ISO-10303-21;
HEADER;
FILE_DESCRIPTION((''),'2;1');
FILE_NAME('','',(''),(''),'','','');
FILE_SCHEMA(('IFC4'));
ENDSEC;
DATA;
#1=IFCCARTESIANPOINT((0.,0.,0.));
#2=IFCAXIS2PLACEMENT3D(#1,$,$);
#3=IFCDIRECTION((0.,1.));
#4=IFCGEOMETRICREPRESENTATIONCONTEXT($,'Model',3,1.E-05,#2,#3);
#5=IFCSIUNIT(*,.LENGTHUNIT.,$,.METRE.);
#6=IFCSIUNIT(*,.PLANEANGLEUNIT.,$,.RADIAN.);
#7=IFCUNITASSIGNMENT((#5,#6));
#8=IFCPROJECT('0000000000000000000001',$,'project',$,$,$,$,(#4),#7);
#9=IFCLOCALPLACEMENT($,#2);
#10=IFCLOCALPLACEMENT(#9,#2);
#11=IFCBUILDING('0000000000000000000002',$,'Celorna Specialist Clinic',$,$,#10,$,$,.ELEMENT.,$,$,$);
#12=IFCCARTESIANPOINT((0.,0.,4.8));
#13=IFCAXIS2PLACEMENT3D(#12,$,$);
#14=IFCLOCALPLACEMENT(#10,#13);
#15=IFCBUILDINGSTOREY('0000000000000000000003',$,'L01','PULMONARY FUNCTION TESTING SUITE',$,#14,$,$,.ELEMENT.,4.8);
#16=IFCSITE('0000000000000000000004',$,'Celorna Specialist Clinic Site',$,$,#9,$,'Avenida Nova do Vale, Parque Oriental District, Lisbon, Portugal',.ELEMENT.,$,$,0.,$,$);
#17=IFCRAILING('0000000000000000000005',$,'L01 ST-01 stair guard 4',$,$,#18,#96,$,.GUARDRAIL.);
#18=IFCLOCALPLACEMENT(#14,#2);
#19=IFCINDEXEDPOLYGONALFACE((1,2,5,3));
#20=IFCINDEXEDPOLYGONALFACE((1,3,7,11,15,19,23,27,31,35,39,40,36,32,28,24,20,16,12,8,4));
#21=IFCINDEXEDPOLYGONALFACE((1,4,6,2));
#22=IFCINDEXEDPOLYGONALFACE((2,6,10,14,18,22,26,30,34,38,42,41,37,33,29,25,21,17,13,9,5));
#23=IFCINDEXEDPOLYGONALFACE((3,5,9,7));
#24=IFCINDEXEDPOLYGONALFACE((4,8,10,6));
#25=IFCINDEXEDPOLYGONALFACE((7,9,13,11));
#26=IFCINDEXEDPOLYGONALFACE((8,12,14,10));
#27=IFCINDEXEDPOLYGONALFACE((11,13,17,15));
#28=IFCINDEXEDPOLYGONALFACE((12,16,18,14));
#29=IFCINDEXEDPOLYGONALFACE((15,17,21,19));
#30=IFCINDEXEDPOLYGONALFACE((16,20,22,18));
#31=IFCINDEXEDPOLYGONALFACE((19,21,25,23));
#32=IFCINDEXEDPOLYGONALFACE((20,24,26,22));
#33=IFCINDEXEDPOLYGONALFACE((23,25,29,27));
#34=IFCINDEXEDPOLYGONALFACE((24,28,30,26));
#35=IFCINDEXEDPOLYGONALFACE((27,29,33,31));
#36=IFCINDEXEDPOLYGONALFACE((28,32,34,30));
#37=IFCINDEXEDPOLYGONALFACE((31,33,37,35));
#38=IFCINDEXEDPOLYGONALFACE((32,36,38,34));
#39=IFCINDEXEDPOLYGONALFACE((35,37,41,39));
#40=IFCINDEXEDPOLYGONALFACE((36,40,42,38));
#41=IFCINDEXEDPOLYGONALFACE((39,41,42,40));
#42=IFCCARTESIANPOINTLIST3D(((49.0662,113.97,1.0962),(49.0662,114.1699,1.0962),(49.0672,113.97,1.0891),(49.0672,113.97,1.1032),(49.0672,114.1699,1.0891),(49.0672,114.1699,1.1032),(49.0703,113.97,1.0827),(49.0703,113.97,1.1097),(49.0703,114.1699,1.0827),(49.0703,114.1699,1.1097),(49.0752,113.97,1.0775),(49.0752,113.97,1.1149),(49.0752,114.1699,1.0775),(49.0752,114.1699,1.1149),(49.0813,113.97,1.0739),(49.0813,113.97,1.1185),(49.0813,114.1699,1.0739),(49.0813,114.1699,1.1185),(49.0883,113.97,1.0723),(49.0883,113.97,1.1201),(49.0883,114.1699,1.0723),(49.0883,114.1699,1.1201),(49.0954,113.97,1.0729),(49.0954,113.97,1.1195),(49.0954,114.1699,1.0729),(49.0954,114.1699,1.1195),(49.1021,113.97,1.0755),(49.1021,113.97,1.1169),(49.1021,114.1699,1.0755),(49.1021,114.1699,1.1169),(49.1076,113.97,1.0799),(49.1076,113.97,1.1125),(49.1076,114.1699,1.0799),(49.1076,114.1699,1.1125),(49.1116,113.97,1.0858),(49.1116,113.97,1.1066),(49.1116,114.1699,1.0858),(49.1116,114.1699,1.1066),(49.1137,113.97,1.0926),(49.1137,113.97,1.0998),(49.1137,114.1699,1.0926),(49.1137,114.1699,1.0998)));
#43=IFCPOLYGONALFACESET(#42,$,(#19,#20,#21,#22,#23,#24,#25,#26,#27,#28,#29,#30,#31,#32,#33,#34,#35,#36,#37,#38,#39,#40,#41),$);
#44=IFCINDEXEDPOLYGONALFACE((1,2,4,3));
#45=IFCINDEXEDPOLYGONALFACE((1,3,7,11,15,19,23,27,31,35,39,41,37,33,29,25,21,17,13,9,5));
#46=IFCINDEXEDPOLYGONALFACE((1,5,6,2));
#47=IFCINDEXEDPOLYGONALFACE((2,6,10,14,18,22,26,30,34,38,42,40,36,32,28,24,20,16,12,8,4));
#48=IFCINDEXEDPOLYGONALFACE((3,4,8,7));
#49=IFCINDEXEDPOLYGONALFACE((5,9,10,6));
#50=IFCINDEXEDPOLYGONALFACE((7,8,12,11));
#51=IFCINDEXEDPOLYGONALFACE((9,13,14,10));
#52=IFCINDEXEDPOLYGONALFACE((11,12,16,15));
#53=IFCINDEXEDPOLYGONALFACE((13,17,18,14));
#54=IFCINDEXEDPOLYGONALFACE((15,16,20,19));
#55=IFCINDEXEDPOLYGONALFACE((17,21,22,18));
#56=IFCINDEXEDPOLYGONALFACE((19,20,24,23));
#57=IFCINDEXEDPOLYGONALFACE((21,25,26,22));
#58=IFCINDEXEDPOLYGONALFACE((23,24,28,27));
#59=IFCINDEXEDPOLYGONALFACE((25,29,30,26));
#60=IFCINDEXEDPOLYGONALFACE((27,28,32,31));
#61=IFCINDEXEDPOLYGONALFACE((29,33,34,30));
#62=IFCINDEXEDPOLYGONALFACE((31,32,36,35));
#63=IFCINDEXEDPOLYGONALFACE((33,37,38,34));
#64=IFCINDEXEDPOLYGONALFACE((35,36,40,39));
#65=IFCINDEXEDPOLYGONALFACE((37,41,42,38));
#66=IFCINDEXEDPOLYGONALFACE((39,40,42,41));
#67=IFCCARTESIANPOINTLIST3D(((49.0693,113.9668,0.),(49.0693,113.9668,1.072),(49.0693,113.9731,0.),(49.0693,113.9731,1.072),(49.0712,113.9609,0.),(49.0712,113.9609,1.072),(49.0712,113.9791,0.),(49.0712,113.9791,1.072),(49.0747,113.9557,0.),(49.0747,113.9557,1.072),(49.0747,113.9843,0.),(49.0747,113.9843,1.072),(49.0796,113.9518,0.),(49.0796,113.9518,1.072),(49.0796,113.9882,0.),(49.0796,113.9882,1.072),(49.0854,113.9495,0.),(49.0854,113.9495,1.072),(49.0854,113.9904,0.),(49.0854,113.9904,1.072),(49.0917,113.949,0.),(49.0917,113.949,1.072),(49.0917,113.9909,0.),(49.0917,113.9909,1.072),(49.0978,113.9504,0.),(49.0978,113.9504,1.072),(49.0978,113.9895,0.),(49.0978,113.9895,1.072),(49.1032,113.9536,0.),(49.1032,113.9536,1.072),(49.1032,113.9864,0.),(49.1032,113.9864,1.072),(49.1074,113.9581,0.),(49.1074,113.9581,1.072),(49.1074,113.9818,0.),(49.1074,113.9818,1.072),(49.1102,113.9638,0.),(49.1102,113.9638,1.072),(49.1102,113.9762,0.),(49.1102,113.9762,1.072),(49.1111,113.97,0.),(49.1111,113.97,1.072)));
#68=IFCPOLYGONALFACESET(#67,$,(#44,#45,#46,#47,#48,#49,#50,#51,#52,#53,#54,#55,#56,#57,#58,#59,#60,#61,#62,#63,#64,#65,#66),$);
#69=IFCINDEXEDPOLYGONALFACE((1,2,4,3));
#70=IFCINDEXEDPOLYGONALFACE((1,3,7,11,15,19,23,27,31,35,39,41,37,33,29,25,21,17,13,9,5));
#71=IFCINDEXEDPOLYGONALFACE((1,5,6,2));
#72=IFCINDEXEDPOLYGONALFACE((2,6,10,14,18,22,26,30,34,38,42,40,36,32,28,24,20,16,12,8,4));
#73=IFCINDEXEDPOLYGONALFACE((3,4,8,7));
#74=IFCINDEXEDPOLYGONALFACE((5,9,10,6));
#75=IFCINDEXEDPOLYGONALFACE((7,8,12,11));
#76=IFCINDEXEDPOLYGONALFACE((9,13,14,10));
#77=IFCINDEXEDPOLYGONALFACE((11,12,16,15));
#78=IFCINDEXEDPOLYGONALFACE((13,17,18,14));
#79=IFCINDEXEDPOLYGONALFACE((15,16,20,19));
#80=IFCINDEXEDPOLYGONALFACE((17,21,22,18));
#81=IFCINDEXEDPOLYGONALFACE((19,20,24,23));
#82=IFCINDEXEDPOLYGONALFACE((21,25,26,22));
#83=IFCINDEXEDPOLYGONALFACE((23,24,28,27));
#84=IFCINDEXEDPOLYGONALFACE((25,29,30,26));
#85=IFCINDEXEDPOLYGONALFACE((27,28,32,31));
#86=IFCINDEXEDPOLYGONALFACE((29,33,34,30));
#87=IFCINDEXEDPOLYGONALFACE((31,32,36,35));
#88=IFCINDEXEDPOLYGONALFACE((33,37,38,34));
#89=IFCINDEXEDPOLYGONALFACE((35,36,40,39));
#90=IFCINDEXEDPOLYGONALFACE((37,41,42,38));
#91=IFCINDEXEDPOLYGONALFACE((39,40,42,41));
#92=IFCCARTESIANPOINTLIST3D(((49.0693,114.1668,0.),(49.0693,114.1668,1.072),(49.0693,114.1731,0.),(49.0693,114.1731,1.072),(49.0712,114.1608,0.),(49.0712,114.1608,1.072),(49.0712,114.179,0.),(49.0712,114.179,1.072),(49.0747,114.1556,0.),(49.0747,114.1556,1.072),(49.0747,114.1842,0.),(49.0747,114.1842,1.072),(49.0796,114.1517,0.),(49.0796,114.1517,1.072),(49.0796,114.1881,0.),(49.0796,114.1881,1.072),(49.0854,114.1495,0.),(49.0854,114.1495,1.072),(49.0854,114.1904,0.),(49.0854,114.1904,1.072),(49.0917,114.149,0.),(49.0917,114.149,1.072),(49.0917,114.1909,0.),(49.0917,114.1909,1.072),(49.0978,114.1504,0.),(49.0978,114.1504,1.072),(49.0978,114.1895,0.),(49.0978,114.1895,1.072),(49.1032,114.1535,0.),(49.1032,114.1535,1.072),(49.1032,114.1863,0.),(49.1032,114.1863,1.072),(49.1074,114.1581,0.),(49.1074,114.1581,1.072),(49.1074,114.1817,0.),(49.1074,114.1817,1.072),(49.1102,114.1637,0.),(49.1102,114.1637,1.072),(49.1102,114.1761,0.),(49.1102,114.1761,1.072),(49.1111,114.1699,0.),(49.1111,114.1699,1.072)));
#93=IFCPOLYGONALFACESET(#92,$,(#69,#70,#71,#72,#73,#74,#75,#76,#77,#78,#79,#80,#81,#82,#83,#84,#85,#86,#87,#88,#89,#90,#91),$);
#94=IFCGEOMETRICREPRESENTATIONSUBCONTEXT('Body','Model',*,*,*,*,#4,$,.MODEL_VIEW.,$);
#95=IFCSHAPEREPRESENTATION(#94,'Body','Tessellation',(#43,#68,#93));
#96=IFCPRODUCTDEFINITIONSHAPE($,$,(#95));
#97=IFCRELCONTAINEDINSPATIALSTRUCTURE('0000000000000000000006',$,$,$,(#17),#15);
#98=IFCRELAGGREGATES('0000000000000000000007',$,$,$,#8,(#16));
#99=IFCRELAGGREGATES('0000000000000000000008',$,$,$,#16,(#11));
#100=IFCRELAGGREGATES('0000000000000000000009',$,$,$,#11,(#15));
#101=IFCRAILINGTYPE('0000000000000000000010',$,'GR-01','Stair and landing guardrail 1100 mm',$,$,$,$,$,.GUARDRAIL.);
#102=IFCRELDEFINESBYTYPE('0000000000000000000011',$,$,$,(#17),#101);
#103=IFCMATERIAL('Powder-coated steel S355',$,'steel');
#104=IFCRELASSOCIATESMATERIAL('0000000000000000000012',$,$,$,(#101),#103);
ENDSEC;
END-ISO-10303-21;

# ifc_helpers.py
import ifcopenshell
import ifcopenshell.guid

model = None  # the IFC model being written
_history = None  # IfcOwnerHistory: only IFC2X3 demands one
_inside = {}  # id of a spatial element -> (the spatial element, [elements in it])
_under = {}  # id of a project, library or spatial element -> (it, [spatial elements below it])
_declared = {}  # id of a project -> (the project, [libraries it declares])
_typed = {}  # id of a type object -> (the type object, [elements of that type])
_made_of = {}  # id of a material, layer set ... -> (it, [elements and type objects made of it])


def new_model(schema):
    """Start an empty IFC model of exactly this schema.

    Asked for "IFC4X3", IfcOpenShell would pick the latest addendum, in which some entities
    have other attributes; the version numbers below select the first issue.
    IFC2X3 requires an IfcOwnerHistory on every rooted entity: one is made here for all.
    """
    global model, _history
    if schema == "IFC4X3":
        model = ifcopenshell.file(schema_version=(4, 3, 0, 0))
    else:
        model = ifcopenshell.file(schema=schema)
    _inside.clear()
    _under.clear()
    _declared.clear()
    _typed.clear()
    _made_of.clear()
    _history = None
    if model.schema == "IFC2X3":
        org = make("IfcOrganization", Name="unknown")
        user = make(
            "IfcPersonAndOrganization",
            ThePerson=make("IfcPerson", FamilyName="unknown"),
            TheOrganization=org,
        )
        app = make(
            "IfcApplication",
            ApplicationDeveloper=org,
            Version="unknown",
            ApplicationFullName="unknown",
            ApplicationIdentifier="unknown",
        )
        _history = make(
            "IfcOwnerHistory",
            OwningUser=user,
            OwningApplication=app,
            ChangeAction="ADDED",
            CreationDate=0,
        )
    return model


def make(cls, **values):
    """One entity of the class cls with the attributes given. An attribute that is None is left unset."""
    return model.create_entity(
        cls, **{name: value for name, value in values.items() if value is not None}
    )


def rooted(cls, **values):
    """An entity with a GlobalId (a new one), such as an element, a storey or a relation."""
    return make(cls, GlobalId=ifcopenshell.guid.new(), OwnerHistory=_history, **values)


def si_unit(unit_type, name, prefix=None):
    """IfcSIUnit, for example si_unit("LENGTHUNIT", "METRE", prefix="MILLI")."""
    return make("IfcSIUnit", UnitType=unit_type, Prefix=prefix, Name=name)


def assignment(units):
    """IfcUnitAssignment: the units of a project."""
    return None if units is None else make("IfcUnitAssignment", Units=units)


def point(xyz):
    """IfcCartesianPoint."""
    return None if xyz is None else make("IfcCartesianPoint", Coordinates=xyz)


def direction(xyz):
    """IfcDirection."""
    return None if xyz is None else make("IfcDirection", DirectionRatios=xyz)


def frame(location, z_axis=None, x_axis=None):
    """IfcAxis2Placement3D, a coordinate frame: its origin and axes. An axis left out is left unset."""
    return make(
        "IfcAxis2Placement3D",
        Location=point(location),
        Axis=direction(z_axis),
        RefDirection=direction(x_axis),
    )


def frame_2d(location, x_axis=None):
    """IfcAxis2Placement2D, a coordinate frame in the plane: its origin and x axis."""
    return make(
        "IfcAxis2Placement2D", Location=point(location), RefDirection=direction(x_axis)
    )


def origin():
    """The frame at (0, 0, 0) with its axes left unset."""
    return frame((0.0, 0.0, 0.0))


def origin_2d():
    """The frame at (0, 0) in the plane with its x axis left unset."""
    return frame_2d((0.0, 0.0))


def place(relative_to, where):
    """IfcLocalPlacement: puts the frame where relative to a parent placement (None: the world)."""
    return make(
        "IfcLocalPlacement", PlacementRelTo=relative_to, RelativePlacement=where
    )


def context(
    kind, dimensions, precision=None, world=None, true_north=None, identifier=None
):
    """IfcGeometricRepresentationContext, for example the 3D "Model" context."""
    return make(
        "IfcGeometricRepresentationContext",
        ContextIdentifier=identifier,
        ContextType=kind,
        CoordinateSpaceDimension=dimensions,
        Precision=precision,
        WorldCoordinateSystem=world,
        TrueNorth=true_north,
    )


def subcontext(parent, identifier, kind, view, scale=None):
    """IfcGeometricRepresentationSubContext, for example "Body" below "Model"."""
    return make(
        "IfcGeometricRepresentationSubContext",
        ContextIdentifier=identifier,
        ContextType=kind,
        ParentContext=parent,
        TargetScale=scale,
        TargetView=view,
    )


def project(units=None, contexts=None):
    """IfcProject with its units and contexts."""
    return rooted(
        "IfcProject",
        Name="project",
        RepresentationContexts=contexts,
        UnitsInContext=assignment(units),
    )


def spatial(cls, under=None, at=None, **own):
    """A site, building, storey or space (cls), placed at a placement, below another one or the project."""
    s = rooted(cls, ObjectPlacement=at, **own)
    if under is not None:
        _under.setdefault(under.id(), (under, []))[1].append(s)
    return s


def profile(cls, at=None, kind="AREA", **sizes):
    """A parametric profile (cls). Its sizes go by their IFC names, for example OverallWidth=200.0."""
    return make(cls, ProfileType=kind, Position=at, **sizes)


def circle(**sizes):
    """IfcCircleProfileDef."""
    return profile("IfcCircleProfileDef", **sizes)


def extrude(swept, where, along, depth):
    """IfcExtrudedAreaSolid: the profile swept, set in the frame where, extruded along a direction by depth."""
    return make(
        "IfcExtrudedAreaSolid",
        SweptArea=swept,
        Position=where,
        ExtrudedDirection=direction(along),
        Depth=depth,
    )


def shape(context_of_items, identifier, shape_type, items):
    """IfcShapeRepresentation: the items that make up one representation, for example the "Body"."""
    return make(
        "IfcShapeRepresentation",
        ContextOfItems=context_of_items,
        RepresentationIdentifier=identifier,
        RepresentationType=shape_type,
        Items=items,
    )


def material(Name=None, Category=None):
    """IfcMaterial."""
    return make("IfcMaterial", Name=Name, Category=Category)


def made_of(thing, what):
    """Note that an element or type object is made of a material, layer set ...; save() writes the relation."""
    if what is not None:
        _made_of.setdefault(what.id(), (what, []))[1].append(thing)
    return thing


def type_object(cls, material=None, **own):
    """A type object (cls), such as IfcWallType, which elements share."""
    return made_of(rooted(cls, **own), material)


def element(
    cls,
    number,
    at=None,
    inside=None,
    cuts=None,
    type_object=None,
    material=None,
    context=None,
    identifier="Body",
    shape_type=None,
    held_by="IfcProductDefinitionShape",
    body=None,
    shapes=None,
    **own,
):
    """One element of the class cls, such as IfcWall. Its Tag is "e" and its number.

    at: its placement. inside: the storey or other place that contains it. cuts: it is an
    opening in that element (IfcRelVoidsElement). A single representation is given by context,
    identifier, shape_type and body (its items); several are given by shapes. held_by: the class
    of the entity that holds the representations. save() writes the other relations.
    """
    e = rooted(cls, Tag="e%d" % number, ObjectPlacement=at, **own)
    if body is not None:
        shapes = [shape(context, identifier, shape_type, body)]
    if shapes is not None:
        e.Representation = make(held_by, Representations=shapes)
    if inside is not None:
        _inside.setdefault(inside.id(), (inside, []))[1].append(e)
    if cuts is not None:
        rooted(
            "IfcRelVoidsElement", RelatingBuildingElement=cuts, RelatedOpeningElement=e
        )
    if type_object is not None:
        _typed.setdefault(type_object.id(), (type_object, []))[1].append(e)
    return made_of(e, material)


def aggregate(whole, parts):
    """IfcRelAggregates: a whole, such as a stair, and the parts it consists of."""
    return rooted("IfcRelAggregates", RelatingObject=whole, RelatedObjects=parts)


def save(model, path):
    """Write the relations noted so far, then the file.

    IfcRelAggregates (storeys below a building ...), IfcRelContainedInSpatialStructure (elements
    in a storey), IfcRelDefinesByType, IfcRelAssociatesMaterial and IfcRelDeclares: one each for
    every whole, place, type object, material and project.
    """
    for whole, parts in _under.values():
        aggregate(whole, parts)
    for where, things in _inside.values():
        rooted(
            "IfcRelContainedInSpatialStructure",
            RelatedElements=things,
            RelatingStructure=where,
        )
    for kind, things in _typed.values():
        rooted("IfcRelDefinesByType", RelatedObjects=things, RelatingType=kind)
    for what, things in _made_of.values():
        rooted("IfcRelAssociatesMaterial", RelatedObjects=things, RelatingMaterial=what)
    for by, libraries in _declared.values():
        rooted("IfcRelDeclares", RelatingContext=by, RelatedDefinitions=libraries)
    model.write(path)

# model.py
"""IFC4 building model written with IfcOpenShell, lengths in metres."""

from ifc_helpers import new_model, si_unit, direction, frame, origin, origin_2d, place, context, subcontext, project, spatial, circle, extrude, material, type_object, element, save


model = new_model("IFC4")

# Units and contexts
model_context = context("Model", 3, precision=1e-05, world=origin(), true_north=direction((0.0, 1.0)))
body_context = subcontext(model_context, "Body", "Model", "MODEL_VIEW")
ifc_project = project(units=[si_unit("LENGTHUNIT", "METRE"), si_unit("PLANEANGLEUNIT", "RADIAN")], contexts=[model_context])

# Site, building, storey
site_placement = place(None, origin())
site = spatial("IfcSite", under=ifc_project, at=site_placement, Name="Celorna Specialist Clinic Site", LongName="Avenida Nova do Vale, Parque Oriental District, Lisbon, Portugal", CompositionType="ELEMENT", RefElevation=0.0)
building_placement = place(site_placement, origin())
building = spatial("IfcBuilding", under=site, at=building_placement, Name="Celorna Specialist Clinic", CompositionType="ELEMENT")
storey_placement = place(building_placement, frame((0.0, 0.0, 4.8)))
storey = spatial("IfcBuildingStorey", under=building, at=storey_placement, Name="L01", Description="PULMONARY FUNCTION TESTING SUITE", CompositionType="ELEMENT", Elevation=4.8)

# Railing
ifc_material_1 = material(Name="Powder-coated steel S355", Category="steel")
railing_type_1 = type_object("IfcRailingType", Name="GR-01", Description="Stair and landing guardrail 1100 mm", PredefinedType="GUARDRAIL", material=ifc_material_1)
railing_1_placement = place(storey_placement, frame((49.0901, 113.97, 0.0)))
element("IfcRailing", 1, at=railing_1_placement, inside=storey, type_object=railing_type_1, Name="L01 ST-01 stair guard 4", PredefinedType="GUARDRAIL", context=body_context, shape_type="SweptSolid", body=[
    extrude(circle(Radius=0.0239, at=origin_2d()), frame((0.0, 0.0, 1.0962), z_axis=(0.0, 1.0, 0.0), x_axis=(-1.0, 0.0, 0.0)), (0.0, 0.0, 1.0), 0.2),
    extrude(circle(Radius=0.021, at=origin_2d()), origin(), (0.0, 0.0, 1.0), 1.072),
    extrude(circle(Radius=0.021, at=origin_2d()), frame((0.0, 0.2, 0.0)), (0.0, 0.0, 1.0), 1.072),
])

save(model, "model.ifc")
